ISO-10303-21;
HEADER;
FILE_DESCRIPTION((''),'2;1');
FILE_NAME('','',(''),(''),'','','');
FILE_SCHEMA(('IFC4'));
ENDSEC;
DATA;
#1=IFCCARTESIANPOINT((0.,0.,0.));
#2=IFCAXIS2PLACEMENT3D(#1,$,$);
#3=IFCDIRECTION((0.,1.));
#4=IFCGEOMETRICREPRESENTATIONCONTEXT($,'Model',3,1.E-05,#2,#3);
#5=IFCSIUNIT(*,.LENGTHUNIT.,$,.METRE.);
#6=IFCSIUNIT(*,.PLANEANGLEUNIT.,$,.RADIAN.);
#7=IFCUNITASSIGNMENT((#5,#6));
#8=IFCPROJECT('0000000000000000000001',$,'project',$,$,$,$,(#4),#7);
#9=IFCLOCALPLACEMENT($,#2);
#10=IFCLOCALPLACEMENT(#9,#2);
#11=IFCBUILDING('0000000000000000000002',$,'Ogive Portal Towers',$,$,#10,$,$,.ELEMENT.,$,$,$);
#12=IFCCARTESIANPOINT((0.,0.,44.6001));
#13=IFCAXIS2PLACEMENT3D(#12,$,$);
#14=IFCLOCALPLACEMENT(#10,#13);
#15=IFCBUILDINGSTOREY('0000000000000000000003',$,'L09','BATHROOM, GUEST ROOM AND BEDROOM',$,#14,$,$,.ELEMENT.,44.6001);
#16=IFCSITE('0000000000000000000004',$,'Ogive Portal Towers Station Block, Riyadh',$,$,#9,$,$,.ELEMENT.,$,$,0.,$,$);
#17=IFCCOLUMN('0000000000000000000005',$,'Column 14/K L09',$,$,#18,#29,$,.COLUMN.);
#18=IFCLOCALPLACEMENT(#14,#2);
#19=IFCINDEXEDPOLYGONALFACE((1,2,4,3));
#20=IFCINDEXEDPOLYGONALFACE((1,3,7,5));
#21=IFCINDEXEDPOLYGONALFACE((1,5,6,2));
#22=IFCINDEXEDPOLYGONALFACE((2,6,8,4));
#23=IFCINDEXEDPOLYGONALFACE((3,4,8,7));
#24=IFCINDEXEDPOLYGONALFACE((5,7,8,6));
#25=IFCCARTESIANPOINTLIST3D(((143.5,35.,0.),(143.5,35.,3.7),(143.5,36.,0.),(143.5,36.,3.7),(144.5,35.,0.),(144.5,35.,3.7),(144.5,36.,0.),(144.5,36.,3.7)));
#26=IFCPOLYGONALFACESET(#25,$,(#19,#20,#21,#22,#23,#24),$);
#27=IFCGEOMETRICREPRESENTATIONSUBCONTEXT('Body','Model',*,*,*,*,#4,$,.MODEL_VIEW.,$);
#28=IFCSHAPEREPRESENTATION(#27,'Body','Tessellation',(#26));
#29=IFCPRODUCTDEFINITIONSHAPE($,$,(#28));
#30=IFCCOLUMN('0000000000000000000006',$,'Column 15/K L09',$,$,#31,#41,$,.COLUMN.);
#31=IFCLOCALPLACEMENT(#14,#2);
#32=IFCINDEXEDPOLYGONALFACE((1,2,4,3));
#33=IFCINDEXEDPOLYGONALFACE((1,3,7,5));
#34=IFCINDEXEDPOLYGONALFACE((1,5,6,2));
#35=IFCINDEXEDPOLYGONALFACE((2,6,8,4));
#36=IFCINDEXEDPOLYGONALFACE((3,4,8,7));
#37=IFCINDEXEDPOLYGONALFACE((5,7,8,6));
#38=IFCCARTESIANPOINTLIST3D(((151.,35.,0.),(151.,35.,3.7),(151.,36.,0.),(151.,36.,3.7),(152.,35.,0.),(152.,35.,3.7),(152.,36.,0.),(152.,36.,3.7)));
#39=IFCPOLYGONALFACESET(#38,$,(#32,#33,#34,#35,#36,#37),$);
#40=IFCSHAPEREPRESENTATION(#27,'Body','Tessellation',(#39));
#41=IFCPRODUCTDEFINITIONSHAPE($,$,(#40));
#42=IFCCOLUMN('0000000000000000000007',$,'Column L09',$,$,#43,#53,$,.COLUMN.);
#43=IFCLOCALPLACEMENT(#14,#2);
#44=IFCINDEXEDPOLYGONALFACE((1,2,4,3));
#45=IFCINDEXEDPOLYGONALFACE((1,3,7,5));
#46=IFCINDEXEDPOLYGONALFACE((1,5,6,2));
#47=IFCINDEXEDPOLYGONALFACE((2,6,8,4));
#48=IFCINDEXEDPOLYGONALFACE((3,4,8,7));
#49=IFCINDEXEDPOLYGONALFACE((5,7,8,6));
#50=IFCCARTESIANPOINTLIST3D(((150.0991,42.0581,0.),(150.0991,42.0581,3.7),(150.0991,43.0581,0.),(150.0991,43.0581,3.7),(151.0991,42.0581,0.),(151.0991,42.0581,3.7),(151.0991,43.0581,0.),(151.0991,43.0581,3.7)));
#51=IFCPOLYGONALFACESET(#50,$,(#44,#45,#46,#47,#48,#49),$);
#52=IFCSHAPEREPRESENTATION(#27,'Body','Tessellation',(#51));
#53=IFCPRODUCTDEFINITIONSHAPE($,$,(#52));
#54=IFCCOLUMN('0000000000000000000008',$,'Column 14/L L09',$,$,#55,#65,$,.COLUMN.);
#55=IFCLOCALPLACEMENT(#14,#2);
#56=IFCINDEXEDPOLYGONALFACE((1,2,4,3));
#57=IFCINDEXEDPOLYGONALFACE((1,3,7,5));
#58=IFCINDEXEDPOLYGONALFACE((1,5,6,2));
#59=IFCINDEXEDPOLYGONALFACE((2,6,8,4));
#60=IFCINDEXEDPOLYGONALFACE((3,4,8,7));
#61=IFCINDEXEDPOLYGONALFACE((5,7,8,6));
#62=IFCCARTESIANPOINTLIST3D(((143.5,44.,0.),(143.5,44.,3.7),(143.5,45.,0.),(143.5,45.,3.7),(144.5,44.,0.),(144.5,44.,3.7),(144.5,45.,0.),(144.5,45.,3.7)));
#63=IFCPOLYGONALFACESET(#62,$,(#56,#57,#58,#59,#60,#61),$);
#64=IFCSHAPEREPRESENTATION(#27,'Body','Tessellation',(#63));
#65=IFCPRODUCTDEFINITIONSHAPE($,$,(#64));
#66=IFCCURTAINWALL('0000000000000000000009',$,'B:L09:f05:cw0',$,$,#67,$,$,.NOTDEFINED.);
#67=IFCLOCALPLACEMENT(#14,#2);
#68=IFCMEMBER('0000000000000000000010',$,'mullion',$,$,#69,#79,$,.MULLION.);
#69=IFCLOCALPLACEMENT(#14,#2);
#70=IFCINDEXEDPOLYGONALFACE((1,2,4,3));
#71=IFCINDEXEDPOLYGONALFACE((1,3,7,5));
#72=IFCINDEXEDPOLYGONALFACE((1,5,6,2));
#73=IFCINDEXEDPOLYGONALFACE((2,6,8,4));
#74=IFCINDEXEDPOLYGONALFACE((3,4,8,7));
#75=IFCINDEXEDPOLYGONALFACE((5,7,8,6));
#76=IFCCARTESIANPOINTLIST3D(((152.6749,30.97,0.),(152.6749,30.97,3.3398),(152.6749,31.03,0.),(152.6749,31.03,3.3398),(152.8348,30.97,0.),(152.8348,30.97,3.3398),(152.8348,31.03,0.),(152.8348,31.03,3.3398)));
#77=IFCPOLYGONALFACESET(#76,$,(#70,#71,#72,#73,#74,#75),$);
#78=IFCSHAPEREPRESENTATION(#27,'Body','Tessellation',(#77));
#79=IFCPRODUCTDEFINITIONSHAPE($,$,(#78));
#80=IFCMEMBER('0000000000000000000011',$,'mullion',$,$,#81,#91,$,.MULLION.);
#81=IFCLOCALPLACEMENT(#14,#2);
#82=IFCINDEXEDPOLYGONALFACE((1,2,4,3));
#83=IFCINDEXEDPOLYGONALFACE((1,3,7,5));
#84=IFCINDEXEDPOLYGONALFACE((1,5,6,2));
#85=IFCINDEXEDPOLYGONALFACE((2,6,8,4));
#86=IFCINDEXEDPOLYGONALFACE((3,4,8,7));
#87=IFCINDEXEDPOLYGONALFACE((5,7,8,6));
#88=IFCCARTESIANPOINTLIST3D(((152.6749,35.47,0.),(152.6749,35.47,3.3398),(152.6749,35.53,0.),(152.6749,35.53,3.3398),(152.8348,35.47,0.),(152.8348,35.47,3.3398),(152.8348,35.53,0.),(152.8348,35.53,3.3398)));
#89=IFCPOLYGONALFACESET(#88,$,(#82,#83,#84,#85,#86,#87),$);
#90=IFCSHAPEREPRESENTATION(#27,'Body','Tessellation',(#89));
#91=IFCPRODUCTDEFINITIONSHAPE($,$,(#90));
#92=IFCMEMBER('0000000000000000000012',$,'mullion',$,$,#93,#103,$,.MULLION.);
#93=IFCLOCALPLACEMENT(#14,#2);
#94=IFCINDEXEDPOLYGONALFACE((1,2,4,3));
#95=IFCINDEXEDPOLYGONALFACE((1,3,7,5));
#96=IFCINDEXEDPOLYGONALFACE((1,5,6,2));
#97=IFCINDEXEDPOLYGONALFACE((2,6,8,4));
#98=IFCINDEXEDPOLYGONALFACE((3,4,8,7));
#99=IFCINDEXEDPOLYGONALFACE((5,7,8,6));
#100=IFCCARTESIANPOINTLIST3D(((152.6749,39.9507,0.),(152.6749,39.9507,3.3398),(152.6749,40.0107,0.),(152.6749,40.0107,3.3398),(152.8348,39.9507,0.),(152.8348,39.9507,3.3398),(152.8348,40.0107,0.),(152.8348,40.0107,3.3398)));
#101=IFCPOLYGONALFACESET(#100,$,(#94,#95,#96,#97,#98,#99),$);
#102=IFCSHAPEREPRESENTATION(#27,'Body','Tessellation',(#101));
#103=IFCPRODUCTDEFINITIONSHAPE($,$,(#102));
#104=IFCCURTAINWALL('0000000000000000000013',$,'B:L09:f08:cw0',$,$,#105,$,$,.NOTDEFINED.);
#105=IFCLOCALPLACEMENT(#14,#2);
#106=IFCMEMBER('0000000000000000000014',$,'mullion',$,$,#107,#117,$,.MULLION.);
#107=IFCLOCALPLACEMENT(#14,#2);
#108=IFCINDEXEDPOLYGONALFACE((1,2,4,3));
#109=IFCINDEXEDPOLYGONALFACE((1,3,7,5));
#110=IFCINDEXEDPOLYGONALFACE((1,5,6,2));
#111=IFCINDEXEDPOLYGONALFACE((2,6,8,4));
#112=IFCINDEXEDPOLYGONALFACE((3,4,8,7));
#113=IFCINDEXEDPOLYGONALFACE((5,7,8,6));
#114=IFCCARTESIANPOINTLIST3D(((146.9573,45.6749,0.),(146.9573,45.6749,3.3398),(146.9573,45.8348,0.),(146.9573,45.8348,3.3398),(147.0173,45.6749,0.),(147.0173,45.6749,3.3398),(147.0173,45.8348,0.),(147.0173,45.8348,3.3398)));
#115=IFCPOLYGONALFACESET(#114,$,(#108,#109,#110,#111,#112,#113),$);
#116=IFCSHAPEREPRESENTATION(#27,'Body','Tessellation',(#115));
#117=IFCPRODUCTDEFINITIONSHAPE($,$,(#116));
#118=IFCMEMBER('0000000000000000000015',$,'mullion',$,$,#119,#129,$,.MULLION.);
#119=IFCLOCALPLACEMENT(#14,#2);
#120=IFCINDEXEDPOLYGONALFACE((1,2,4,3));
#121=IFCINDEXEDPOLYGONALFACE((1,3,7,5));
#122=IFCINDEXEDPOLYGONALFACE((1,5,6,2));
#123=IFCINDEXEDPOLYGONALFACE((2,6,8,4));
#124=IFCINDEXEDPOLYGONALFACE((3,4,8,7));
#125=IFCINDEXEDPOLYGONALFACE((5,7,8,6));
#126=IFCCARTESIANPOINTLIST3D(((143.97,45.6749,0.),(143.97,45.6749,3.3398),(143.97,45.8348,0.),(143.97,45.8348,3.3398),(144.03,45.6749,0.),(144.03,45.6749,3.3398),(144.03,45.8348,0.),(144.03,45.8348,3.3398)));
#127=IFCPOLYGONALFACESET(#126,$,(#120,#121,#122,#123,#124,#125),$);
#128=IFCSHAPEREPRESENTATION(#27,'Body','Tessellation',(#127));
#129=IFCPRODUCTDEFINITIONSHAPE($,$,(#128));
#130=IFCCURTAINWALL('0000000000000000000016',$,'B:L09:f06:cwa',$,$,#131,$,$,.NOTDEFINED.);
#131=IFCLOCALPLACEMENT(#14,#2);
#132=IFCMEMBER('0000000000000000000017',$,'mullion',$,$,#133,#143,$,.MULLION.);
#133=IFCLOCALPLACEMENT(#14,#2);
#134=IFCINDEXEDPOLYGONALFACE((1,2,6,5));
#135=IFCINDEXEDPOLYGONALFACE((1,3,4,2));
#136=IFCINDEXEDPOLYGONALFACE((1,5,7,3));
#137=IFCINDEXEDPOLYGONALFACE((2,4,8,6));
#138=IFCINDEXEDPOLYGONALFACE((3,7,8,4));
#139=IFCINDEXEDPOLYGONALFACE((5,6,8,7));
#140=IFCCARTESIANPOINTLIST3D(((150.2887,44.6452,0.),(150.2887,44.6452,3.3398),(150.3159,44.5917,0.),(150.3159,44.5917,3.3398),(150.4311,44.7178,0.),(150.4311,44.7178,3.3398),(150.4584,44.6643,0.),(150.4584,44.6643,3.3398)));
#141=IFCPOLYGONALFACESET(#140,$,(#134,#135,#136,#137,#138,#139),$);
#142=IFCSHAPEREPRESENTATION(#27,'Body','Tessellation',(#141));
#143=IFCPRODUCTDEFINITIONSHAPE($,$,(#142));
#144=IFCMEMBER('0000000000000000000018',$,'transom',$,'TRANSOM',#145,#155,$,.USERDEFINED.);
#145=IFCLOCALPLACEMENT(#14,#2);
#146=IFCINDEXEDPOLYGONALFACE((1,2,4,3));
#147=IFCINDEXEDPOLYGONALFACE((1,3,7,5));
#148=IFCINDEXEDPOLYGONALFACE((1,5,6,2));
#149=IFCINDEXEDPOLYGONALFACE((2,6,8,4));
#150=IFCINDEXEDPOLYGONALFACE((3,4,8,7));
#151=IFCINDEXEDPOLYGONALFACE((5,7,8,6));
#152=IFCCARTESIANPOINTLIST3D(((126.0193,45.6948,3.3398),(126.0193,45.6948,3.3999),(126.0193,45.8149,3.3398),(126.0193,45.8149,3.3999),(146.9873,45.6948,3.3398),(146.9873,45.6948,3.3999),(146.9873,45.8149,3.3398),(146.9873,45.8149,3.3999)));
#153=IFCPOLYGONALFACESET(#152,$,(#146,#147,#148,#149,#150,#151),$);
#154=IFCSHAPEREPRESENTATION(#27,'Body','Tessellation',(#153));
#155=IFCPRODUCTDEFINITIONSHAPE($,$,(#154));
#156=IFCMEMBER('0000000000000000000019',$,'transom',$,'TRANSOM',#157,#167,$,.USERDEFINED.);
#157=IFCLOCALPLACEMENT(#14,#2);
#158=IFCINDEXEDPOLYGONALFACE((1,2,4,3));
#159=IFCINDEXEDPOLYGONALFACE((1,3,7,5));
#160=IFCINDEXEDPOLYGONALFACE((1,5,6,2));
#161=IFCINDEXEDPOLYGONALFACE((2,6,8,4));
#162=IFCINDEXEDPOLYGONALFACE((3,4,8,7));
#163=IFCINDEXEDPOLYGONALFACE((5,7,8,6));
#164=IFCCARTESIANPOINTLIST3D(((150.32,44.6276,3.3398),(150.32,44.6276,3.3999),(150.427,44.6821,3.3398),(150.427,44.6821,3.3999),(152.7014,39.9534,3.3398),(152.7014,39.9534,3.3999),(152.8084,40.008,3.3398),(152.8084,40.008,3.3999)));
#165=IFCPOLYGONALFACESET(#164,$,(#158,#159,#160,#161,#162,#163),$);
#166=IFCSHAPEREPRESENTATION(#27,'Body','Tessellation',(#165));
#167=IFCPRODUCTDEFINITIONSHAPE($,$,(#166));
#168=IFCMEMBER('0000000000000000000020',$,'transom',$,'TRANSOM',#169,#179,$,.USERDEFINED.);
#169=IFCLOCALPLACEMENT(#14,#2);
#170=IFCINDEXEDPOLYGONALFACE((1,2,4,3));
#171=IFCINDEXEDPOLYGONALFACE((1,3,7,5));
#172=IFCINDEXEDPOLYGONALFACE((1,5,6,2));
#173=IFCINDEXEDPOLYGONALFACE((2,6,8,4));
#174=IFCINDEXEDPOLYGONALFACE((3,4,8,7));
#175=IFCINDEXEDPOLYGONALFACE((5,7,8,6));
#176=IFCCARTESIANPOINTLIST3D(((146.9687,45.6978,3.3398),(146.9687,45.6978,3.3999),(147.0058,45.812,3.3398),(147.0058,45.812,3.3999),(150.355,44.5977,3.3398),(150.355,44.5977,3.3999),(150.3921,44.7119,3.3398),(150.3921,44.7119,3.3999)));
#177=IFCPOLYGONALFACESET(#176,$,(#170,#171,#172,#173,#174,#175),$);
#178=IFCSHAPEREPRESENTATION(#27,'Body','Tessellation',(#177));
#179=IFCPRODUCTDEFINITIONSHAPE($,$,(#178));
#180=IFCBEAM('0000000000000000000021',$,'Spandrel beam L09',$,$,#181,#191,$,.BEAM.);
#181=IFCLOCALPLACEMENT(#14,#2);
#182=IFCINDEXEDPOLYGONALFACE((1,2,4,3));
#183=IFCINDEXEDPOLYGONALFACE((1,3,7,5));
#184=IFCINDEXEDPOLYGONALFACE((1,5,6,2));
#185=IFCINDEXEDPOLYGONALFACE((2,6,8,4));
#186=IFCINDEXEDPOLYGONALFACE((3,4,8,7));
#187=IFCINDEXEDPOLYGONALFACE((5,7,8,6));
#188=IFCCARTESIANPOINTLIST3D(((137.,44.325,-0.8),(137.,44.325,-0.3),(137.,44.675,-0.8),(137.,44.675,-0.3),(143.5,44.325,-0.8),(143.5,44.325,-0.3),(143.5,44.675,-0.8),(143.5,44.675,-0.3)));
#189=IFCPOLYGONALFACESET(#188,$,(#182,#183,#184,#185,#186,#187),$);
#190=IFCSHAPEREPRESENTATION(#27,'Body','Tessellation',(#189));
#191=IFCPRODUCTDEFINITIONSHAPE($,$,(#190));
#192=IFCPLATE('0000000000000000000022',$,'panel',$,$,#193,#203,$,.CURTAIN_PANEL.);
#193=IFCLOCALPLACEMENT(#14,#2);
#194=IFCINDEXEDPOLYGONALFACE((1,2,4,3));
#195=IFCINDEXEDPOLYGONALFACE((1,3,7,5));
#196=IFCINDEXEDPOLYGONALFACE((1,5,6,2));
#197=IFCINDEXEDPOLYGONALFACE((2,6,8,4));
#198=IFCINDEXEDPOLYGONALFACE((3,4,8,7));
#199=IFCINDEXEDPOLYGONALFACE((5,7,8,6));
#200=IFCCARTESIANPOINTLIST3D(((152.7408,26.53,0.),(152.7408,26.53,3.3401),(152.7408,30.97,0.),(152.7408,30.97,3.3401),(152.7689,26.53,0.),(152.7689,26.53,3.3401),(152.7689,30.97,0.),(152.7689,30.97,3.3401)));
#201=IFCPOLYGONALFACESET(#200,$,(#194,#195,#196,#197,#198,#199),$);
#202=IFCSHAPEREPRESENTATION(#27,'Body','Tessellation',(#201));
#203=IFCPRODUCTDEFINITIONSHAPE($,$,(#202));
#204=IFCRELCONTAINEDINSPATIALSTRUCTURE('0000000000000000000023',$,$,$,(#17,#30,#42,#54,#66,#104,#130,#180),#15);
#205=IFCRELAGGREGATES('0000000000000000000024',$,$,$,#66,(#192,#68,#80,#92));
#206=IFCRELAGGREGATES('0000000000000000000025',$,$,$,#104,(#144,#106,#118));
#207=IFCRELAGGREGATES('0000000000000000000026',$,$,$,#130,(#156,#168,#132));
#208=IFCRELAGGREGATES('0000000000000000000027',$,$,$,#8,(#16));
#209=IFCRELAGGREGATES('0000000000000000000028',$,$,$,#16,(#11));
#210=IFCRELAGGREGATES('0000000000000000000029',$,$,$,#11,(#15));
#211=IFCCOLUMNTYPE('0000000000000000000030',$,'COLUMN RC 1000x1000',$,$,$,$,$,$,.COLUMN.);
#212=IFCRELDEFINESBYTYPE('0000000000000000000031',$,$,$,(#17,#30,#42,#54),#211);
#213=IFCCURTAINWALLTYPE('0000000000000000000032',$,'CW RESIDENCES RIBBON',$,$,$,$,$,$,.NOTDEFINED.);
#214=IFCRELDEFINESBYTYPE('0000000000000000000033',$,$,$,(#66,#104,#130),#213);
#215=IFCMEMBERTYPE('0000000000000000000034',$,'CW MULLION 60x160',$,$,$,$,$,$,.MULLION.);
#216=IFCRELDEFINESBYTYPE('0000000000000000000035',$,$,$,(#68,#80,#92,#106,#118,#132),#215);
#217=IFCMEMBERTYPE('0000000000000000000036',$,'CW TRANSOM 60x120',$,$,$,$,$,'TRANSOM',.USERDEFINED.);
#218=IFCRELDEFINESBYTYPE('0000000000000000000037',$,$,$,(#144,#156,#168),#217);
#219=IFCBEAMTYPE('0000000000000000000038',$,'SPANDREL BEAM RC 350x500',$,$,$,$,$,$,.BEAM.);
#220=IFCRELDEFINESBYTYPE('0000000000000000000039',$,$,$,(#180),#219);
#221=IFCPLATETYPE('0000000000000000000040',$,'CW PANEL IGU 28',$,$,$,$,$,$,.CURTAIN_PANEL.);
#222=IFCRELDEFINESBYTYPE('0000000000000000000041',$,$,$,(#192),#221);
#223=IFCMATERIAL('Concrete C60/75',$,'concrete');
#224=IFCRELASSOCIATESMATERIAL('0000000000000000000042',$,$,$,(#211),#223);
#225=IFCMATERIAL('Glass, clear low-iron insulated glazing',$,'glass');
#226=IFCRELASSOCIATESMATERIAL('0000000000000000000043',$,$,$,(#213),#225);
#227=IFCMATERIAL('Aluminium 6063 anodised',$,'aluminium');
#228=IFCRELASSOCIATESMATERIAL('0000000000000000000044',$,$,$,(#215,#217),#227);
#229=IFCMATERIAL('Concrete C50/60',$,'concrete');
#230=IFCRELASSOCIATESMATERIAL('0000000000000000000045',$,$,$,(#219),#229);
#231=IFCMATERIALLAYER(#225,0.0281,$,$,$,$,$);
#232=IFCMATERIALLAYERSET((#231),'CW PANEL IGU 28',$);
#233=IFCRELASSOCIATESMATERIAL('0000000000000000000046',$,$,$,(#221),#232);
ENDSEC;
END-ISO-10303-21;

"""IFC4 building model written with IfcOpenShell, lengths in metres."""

from ifc_helpers import new_model, si_unit, direction, frame, origin, origin_2d, place, context, subcontext, project, spatial, rectangle, extrude, material, layer, layer_set, material_profile, profile_set, type_object, element, aggregate, save


model = new_model("IFC4")

# Units and contexts
model_context = context("Model", 3, precision=1e-05, world=origin(), true_north=direction((0.0, 1.0)))
body_context = subcontext(model_context, "Body", "Model", "MODEL_VIEW")
ifc_project = project(units=[si_unit("LENGTHUNIT", "METRE"), si_unit("PLANEANGLEUNIT", "RADIAN")], contexts=[model_context])

# Site, building, storey
site_placement = place(None, origin())
site = spatial("IfcSite", under=ifc_project, at=site_placement, Name="Ogive Portal Towers Station Block, Riyadh", CompositionType="ELEMENT", RefElevation=0.0)
building_placement = place(site_placement, origin())
building = spatial("IfcBuilding", under=site, at=building_placement, Name="Ogive Portal Towers", CompositionType="ELEMENT")
storey_placement = place(building_placement, frame((0.0, 0.0, 44.6001)))
storey = spatial("IfcBuildingStorey", under=building, at=storey_placement, Name="L09", Description="BATHROOM, GUEST ROOM AND BEDROOM", CompositionType="ELEMENT", Elevation=44.6001)

# Columns
ifc_material_1 = material(Name="Concrete C60/75", Category="concrete")
ifc_material_profile_1 = material_profile(ifc_material_1, rectangle(XDim=1.0, YDim=1.0, at=origin_2d()), Name="RC 1000x1000")
ifc_profile_set_1 = profile_set([ifc_material_profile_1], Name="Concrete C60/75")
column_type = type_object("IfcColumnType", Name="COLUMN RC 1000x1000", PredefinedType="COLUMN", material=ifc_profile_set_1)
for number, where, z_axis, x_axis, name in (
    (1, (144.0, 35.5, 0.0), (0.0, 0.0, 1.0), (1.0, 0.0, 0.0), "Column 14/K L09"),
    (2, (151.5, 35.5, 0.0), (0.0, 0.0, 1.0), (1.0, 0.0, 0.0), "Column 15/K L09"),
    (3, (150.5991, 42.5581, 0.0), (0.0, 0.0, 1.0), (1.0, 0.0, 0.0), "Column L09"),
    (4, (144.0, 44.5, 0.0), (0.0, 0.0, 1.0), (1.0, 0.0, 0.0), "Column 14/L L09"),
):
    element("IfcColumn", number, at=place(storey_placement, frame(where, z_axis=z_axis, x_axis=x_axis)), inside=storey, type_object=column_type, Name=name, PredefinedType="COLUMN", context=body_context, shape_type="SweptSolid", body=[
        extrude(rectangle(XDim=1.0, YDim=1.0, at=origin_2d()), origin(), (0.0, 0.0, 1.0), 3.7),
    ])

# Curtain walls, members
ifc_material_2 = material(Name="Glass, clear low-iron insulated glazing", Category="glass")
curtain_wall_type = type_object("IfcCurtainWallType", Name="CW RESIDENCES RIBBON", PredefinedType="NOTDEFINED", material=ifc_material_2)
curtain_wall_1_placement = place(storey_placement, origin())
curtain_wall_1 = element("IfcCurtainWall", 5, at=curtain_wall_1_placement, inside=storey, type_object=curtain_wall_type, Name="B:L09:f05:cw0", PredefinedType="NOTDEFINED")
ifc_material_3 = material(Name="Aluminium 6063 anodised", Category="aluminium")
ifc_material_profile_2 = material_profile(ifc_material_3, rectangle(XDim=0.1599, YDim=0.0601, at=origin_2d()), Name="AL 60x160")
ifc_profile_set_2 = profile_set([ifc_material_profile_2], Name="Aluminium 6063 anodised")
member_type_1 = type_object("IfcMemberType", Name="CW MULLION 60x160", PredefinedType="MULLION", material=ifc_profile_set_2)
member_1_placement = place(storey_placement, frame((152.7549, 31.0, 0.0), z_axis=(0.0, 0.0, 1.0), x_axis=(-1.0, 0.0, 0.0)))
member_1 = element("IfcMember", 6, at=member_1_placement, type_object=member_type_1, Name="mullion", PredefinedType="MULLION", context=body_context, shape_type="SweptSolid", body=[
    extrude(rectangle(XDim=0.1599, YDim=0.0601, at=origin_2d()), origin(), (0.0, 0.0, 1.0), 3.3398),
])
member_2_placement = place(storey_placement, frame((152.7549, 35.5, 0.0), z_axis=(0.0, 0.0, 1.0), x_axis=(-1.0, 0.0, 0.0)))
member_2 = element("IfcMember", 7, at=member_2_placement, type_object=member_type_1, Name="mullion", PredefinedType="MULLION", context=body_context, shape_type="SweptSolid", body=[
    extrude(rectangle(XDim=0.1599, YDim=0.0601, at=origin_2d()), origin(), (0.0, 0.0, 1.0), 3.3398),
])
member_3_placement = place(storey_placement, frame((152.7549, 39.9807, 0.0), z_axis=(0.0, 0.0, 1.0), x_axis=(-1.0, 0.0, 0.0)))
member_3 = element("IfcMember", 8, at=member_3_placement, type_object=member_type_1, Name="mullion", PredefinedType="MULLION", context=body_context, shape_type="SweptSolid", body=[
    extrude(rectangle(XDim=0.1599, YDim=0.0601, at=origin_2d()), origin(), (0.0, 0.0, 1.0), 3.3398),
])
curtain_wall_2_placement = place(storey_placement, origin())
curtain_wall_2 = element("IfcCurtainWall", 9, at=curtain_wall_2_placement, inside=storey, type_object=curtain_wall_type, Name="B:L09:f08:cw0", PredefinedType="NOTDEFINED")
member_4_placement = place(storey_placement, frame((146.9873, 45.7549, 0.0), z_axis=(0.0, 0.0, 1.0), x_axis=(0.0, -1.0, 0.0)))
member_4 = element("IfcMember", 10, at=member_4_placement, type_object=member_type_1, Name="mullion", PredefinedType="MULLION", context=body_context, shape_type="SweptSolid", body=[
    extrude(rectangle(XDim=0.1599, YDim=0.0601, at=origin_2d()), origin(), (0.0, 0.0, 1.0), 3.3398),
])
member_5_placement = place(storey_placement, frame((144.0, 45.7549, 0.0), z_axis=(0.0, 0.0, 1.0), x_axis=(0.0, -1.0, 0.0)))
member_5 = element("IfcMember", 11, at=member_5_placement, type_object=member_type_1, Name="mullion", PredefinedType="MULLION", context=body_context, shape_type="SweptSolid", body=[
    extrude(rectangle(XDim=0.1599, YDim=0.0601, at=origin_2d()), origin(), (0.0, 0.0, 1.0), 3.3398),
])

# Curtain wall, member
curtain_wall_3_placement = place(storey_placement, origin())
curtain_wall_3 = element("IfcCurtainWall", 12, at=curtain_wall_3_placement, inside=storey, type_object=curtain_wall_type, Name="B:L09:f06:cwa", PredefinedType="NOTDEFINED")
member_6_placement = place(storey_placement, frame((150.3735, 44.6548, 0.0), z_axis=(0.0, 0.0, 1.0), x_axis=(-0.891007, -0.45399, 0.0)))
member_6 = element("IfcMember", 13, at=member_6_placement, type_object=member_type_1, Name="mullion", PredefinedType="MULLION", context=body_context, shape_type="SweptSolid", body=[
    extrude(rectangle(XDim=0.1599, YDim=0.0601, at=origin_2d()), origin(), (0.0, 0.0, 1.0), 3.3398),
])

# Members
ifc_material_profile_3 = material_profile(ifc_material_3, rectangle(XDim=0.1201, YDim=0.0601, at=origin_2d()), Name="AL 120x60")
ifc_profile_set_3 = profile_set([ifc_material_profile_3], Name="Aluminium 6063 anodised")
member_type_2 = type_object("IfcMemberType", Name="CW TRANSOM 60x120", ElementType="TRANSOM", PredefinedType="USERDEFINED", material=ifc_profile_set_3)
member_7_placement = place(storey_placement, frame((146.9873, 45.7549, 3.3699), z_axis=(-1.0, 0.0, 0.0), x_axis=(0.0, -1.0, 0.0)))
member_7 = element("IfcMember", 14, at=member_7_placement, type_object=member_type_2, Name="transom", ObjectType="TRANSOM", PredefinedType="USERDEFINED", context=body_context, shape_type="SweptSolid", body=[
    extrude(rectangle(XDim=0.1201, YDim=0.0601, at=origin_2d()), origin(), (0.0, 0.0, 1.0), 20.968),
])
member_8_placement = place(storey_placement, frame((152.7549, 39.9807, 3.3699), z_axis=(-0.453959, 0.891023, 0.0), x_axis=(-0.891023, -0.453959, 0.0)))
member_8 = element("IfcMember", 15, at=member_8_placement, type_object=member_type_2, Name="transom", ObjectType="TRANSOM", PredefinedType="USERDEFINED", context=body_context, shape_type="SweptSolid", body=[
    extrude(rectangle(XDim=0.1201, YDim=0.0601, at=origin_2d()), origin(), (0.0, 0.0, 1.0), 5.2458),
])
member_9_placement = place(storey_placement, frame((150.3735, 44.6548, 3.3699), z_axis=(-0.951069, 0.308978, 0.0), x_axis=(-0.308978, -0.951069, 0.0)))
member_9 = element("IfcMember", 16, at=member_9_placement, type_object=member_type_2, Name="transom", ObjectType="TRANSOM", PredefinedType="USERDEFINED", context=body_context, shape_type="SweptSolid", body=[
    extrude(rectangle(XDim=0.1201, YDim=0.0601, at=origin_2d()), origin(), (0.0, 0.0, 1.0), 3.5605),
])

# Beam
ifc_material_4 = material(Name="Concrete C50/60", Category="concrete")
ifc_material_profile_4 = material_profile(ifc_material_4, rectangle(XDim=0.3501, YDim=0.5, at=origin_2d()), Name="RC 350x500")
ifc_profile_set_4 = profile_set([ifc_material_profile_4], Name="Concrete C50/60")
beam_type = type_object("IfcBeamType", Name="SPANDREL BEAM RC 350x500", PredefinedType="BEAM", material=ifc_profile_set_4)
beam_placement = place(storey_placement, frame((143.5, 44.5, -0.55), z_axis=(-1.0, 0.0, 0.0), x_axis=(0.0, -1.0, 0.0)))
element("IfcBeam", 17, at=beam_placement, inside=storey, type_object=beam_type, Name="Spandrel beam L09", PredefinedType="BEAM", context=body_context, shape_type="SweptSolid", body=[
    extrude(rectangle(XDim=0.3501, YDim=0.5, at=origin_2d()), origin(), (0.0, 0.0, 1.0), 6.5),
])

# Plate
ifc_layer_1 = layer(ifc_material_2, 0.0281)
ifc_layer_set_1 = layer_set([ifc_layer_1], Name="CW PANEL IGU 28")
plate_type = type_object("IfcPlateType", Name="CW PANEL IGU 28", PredefinedType="CURTAIN_PANEL", material=ifc_layer_set_1)
plate_1_placement = place(storey_placement, frame((152.7549, 28.75, 0.0), z_axis=(0.0, 0.0, 1.0), x_axis=(0.0, 1.0, 0.0)))
plate_1 = element("IfcPlate", 18, at=plate_1_placement, type_object=plate_type, Name="panel", PredefinedType="CURTAIN_PANEL", context=body_context, shape_type="SweptSolid", body=[
    extrude(rectangle(XDim=4.4399, YDim=0.0281, at=origin_2d()), origin(), (0.0, 0.0, 1.0), 3.3401),
])
aggregate(curtain_wall_1, [plate_1, member_1, member_2, member_3])
aggregate(curtain_wall_2, [member_7, member_4, member_5])
aggregate(curtain_wall_3, [member_8, member_9, member_6])

save(model, "model.ifc")
